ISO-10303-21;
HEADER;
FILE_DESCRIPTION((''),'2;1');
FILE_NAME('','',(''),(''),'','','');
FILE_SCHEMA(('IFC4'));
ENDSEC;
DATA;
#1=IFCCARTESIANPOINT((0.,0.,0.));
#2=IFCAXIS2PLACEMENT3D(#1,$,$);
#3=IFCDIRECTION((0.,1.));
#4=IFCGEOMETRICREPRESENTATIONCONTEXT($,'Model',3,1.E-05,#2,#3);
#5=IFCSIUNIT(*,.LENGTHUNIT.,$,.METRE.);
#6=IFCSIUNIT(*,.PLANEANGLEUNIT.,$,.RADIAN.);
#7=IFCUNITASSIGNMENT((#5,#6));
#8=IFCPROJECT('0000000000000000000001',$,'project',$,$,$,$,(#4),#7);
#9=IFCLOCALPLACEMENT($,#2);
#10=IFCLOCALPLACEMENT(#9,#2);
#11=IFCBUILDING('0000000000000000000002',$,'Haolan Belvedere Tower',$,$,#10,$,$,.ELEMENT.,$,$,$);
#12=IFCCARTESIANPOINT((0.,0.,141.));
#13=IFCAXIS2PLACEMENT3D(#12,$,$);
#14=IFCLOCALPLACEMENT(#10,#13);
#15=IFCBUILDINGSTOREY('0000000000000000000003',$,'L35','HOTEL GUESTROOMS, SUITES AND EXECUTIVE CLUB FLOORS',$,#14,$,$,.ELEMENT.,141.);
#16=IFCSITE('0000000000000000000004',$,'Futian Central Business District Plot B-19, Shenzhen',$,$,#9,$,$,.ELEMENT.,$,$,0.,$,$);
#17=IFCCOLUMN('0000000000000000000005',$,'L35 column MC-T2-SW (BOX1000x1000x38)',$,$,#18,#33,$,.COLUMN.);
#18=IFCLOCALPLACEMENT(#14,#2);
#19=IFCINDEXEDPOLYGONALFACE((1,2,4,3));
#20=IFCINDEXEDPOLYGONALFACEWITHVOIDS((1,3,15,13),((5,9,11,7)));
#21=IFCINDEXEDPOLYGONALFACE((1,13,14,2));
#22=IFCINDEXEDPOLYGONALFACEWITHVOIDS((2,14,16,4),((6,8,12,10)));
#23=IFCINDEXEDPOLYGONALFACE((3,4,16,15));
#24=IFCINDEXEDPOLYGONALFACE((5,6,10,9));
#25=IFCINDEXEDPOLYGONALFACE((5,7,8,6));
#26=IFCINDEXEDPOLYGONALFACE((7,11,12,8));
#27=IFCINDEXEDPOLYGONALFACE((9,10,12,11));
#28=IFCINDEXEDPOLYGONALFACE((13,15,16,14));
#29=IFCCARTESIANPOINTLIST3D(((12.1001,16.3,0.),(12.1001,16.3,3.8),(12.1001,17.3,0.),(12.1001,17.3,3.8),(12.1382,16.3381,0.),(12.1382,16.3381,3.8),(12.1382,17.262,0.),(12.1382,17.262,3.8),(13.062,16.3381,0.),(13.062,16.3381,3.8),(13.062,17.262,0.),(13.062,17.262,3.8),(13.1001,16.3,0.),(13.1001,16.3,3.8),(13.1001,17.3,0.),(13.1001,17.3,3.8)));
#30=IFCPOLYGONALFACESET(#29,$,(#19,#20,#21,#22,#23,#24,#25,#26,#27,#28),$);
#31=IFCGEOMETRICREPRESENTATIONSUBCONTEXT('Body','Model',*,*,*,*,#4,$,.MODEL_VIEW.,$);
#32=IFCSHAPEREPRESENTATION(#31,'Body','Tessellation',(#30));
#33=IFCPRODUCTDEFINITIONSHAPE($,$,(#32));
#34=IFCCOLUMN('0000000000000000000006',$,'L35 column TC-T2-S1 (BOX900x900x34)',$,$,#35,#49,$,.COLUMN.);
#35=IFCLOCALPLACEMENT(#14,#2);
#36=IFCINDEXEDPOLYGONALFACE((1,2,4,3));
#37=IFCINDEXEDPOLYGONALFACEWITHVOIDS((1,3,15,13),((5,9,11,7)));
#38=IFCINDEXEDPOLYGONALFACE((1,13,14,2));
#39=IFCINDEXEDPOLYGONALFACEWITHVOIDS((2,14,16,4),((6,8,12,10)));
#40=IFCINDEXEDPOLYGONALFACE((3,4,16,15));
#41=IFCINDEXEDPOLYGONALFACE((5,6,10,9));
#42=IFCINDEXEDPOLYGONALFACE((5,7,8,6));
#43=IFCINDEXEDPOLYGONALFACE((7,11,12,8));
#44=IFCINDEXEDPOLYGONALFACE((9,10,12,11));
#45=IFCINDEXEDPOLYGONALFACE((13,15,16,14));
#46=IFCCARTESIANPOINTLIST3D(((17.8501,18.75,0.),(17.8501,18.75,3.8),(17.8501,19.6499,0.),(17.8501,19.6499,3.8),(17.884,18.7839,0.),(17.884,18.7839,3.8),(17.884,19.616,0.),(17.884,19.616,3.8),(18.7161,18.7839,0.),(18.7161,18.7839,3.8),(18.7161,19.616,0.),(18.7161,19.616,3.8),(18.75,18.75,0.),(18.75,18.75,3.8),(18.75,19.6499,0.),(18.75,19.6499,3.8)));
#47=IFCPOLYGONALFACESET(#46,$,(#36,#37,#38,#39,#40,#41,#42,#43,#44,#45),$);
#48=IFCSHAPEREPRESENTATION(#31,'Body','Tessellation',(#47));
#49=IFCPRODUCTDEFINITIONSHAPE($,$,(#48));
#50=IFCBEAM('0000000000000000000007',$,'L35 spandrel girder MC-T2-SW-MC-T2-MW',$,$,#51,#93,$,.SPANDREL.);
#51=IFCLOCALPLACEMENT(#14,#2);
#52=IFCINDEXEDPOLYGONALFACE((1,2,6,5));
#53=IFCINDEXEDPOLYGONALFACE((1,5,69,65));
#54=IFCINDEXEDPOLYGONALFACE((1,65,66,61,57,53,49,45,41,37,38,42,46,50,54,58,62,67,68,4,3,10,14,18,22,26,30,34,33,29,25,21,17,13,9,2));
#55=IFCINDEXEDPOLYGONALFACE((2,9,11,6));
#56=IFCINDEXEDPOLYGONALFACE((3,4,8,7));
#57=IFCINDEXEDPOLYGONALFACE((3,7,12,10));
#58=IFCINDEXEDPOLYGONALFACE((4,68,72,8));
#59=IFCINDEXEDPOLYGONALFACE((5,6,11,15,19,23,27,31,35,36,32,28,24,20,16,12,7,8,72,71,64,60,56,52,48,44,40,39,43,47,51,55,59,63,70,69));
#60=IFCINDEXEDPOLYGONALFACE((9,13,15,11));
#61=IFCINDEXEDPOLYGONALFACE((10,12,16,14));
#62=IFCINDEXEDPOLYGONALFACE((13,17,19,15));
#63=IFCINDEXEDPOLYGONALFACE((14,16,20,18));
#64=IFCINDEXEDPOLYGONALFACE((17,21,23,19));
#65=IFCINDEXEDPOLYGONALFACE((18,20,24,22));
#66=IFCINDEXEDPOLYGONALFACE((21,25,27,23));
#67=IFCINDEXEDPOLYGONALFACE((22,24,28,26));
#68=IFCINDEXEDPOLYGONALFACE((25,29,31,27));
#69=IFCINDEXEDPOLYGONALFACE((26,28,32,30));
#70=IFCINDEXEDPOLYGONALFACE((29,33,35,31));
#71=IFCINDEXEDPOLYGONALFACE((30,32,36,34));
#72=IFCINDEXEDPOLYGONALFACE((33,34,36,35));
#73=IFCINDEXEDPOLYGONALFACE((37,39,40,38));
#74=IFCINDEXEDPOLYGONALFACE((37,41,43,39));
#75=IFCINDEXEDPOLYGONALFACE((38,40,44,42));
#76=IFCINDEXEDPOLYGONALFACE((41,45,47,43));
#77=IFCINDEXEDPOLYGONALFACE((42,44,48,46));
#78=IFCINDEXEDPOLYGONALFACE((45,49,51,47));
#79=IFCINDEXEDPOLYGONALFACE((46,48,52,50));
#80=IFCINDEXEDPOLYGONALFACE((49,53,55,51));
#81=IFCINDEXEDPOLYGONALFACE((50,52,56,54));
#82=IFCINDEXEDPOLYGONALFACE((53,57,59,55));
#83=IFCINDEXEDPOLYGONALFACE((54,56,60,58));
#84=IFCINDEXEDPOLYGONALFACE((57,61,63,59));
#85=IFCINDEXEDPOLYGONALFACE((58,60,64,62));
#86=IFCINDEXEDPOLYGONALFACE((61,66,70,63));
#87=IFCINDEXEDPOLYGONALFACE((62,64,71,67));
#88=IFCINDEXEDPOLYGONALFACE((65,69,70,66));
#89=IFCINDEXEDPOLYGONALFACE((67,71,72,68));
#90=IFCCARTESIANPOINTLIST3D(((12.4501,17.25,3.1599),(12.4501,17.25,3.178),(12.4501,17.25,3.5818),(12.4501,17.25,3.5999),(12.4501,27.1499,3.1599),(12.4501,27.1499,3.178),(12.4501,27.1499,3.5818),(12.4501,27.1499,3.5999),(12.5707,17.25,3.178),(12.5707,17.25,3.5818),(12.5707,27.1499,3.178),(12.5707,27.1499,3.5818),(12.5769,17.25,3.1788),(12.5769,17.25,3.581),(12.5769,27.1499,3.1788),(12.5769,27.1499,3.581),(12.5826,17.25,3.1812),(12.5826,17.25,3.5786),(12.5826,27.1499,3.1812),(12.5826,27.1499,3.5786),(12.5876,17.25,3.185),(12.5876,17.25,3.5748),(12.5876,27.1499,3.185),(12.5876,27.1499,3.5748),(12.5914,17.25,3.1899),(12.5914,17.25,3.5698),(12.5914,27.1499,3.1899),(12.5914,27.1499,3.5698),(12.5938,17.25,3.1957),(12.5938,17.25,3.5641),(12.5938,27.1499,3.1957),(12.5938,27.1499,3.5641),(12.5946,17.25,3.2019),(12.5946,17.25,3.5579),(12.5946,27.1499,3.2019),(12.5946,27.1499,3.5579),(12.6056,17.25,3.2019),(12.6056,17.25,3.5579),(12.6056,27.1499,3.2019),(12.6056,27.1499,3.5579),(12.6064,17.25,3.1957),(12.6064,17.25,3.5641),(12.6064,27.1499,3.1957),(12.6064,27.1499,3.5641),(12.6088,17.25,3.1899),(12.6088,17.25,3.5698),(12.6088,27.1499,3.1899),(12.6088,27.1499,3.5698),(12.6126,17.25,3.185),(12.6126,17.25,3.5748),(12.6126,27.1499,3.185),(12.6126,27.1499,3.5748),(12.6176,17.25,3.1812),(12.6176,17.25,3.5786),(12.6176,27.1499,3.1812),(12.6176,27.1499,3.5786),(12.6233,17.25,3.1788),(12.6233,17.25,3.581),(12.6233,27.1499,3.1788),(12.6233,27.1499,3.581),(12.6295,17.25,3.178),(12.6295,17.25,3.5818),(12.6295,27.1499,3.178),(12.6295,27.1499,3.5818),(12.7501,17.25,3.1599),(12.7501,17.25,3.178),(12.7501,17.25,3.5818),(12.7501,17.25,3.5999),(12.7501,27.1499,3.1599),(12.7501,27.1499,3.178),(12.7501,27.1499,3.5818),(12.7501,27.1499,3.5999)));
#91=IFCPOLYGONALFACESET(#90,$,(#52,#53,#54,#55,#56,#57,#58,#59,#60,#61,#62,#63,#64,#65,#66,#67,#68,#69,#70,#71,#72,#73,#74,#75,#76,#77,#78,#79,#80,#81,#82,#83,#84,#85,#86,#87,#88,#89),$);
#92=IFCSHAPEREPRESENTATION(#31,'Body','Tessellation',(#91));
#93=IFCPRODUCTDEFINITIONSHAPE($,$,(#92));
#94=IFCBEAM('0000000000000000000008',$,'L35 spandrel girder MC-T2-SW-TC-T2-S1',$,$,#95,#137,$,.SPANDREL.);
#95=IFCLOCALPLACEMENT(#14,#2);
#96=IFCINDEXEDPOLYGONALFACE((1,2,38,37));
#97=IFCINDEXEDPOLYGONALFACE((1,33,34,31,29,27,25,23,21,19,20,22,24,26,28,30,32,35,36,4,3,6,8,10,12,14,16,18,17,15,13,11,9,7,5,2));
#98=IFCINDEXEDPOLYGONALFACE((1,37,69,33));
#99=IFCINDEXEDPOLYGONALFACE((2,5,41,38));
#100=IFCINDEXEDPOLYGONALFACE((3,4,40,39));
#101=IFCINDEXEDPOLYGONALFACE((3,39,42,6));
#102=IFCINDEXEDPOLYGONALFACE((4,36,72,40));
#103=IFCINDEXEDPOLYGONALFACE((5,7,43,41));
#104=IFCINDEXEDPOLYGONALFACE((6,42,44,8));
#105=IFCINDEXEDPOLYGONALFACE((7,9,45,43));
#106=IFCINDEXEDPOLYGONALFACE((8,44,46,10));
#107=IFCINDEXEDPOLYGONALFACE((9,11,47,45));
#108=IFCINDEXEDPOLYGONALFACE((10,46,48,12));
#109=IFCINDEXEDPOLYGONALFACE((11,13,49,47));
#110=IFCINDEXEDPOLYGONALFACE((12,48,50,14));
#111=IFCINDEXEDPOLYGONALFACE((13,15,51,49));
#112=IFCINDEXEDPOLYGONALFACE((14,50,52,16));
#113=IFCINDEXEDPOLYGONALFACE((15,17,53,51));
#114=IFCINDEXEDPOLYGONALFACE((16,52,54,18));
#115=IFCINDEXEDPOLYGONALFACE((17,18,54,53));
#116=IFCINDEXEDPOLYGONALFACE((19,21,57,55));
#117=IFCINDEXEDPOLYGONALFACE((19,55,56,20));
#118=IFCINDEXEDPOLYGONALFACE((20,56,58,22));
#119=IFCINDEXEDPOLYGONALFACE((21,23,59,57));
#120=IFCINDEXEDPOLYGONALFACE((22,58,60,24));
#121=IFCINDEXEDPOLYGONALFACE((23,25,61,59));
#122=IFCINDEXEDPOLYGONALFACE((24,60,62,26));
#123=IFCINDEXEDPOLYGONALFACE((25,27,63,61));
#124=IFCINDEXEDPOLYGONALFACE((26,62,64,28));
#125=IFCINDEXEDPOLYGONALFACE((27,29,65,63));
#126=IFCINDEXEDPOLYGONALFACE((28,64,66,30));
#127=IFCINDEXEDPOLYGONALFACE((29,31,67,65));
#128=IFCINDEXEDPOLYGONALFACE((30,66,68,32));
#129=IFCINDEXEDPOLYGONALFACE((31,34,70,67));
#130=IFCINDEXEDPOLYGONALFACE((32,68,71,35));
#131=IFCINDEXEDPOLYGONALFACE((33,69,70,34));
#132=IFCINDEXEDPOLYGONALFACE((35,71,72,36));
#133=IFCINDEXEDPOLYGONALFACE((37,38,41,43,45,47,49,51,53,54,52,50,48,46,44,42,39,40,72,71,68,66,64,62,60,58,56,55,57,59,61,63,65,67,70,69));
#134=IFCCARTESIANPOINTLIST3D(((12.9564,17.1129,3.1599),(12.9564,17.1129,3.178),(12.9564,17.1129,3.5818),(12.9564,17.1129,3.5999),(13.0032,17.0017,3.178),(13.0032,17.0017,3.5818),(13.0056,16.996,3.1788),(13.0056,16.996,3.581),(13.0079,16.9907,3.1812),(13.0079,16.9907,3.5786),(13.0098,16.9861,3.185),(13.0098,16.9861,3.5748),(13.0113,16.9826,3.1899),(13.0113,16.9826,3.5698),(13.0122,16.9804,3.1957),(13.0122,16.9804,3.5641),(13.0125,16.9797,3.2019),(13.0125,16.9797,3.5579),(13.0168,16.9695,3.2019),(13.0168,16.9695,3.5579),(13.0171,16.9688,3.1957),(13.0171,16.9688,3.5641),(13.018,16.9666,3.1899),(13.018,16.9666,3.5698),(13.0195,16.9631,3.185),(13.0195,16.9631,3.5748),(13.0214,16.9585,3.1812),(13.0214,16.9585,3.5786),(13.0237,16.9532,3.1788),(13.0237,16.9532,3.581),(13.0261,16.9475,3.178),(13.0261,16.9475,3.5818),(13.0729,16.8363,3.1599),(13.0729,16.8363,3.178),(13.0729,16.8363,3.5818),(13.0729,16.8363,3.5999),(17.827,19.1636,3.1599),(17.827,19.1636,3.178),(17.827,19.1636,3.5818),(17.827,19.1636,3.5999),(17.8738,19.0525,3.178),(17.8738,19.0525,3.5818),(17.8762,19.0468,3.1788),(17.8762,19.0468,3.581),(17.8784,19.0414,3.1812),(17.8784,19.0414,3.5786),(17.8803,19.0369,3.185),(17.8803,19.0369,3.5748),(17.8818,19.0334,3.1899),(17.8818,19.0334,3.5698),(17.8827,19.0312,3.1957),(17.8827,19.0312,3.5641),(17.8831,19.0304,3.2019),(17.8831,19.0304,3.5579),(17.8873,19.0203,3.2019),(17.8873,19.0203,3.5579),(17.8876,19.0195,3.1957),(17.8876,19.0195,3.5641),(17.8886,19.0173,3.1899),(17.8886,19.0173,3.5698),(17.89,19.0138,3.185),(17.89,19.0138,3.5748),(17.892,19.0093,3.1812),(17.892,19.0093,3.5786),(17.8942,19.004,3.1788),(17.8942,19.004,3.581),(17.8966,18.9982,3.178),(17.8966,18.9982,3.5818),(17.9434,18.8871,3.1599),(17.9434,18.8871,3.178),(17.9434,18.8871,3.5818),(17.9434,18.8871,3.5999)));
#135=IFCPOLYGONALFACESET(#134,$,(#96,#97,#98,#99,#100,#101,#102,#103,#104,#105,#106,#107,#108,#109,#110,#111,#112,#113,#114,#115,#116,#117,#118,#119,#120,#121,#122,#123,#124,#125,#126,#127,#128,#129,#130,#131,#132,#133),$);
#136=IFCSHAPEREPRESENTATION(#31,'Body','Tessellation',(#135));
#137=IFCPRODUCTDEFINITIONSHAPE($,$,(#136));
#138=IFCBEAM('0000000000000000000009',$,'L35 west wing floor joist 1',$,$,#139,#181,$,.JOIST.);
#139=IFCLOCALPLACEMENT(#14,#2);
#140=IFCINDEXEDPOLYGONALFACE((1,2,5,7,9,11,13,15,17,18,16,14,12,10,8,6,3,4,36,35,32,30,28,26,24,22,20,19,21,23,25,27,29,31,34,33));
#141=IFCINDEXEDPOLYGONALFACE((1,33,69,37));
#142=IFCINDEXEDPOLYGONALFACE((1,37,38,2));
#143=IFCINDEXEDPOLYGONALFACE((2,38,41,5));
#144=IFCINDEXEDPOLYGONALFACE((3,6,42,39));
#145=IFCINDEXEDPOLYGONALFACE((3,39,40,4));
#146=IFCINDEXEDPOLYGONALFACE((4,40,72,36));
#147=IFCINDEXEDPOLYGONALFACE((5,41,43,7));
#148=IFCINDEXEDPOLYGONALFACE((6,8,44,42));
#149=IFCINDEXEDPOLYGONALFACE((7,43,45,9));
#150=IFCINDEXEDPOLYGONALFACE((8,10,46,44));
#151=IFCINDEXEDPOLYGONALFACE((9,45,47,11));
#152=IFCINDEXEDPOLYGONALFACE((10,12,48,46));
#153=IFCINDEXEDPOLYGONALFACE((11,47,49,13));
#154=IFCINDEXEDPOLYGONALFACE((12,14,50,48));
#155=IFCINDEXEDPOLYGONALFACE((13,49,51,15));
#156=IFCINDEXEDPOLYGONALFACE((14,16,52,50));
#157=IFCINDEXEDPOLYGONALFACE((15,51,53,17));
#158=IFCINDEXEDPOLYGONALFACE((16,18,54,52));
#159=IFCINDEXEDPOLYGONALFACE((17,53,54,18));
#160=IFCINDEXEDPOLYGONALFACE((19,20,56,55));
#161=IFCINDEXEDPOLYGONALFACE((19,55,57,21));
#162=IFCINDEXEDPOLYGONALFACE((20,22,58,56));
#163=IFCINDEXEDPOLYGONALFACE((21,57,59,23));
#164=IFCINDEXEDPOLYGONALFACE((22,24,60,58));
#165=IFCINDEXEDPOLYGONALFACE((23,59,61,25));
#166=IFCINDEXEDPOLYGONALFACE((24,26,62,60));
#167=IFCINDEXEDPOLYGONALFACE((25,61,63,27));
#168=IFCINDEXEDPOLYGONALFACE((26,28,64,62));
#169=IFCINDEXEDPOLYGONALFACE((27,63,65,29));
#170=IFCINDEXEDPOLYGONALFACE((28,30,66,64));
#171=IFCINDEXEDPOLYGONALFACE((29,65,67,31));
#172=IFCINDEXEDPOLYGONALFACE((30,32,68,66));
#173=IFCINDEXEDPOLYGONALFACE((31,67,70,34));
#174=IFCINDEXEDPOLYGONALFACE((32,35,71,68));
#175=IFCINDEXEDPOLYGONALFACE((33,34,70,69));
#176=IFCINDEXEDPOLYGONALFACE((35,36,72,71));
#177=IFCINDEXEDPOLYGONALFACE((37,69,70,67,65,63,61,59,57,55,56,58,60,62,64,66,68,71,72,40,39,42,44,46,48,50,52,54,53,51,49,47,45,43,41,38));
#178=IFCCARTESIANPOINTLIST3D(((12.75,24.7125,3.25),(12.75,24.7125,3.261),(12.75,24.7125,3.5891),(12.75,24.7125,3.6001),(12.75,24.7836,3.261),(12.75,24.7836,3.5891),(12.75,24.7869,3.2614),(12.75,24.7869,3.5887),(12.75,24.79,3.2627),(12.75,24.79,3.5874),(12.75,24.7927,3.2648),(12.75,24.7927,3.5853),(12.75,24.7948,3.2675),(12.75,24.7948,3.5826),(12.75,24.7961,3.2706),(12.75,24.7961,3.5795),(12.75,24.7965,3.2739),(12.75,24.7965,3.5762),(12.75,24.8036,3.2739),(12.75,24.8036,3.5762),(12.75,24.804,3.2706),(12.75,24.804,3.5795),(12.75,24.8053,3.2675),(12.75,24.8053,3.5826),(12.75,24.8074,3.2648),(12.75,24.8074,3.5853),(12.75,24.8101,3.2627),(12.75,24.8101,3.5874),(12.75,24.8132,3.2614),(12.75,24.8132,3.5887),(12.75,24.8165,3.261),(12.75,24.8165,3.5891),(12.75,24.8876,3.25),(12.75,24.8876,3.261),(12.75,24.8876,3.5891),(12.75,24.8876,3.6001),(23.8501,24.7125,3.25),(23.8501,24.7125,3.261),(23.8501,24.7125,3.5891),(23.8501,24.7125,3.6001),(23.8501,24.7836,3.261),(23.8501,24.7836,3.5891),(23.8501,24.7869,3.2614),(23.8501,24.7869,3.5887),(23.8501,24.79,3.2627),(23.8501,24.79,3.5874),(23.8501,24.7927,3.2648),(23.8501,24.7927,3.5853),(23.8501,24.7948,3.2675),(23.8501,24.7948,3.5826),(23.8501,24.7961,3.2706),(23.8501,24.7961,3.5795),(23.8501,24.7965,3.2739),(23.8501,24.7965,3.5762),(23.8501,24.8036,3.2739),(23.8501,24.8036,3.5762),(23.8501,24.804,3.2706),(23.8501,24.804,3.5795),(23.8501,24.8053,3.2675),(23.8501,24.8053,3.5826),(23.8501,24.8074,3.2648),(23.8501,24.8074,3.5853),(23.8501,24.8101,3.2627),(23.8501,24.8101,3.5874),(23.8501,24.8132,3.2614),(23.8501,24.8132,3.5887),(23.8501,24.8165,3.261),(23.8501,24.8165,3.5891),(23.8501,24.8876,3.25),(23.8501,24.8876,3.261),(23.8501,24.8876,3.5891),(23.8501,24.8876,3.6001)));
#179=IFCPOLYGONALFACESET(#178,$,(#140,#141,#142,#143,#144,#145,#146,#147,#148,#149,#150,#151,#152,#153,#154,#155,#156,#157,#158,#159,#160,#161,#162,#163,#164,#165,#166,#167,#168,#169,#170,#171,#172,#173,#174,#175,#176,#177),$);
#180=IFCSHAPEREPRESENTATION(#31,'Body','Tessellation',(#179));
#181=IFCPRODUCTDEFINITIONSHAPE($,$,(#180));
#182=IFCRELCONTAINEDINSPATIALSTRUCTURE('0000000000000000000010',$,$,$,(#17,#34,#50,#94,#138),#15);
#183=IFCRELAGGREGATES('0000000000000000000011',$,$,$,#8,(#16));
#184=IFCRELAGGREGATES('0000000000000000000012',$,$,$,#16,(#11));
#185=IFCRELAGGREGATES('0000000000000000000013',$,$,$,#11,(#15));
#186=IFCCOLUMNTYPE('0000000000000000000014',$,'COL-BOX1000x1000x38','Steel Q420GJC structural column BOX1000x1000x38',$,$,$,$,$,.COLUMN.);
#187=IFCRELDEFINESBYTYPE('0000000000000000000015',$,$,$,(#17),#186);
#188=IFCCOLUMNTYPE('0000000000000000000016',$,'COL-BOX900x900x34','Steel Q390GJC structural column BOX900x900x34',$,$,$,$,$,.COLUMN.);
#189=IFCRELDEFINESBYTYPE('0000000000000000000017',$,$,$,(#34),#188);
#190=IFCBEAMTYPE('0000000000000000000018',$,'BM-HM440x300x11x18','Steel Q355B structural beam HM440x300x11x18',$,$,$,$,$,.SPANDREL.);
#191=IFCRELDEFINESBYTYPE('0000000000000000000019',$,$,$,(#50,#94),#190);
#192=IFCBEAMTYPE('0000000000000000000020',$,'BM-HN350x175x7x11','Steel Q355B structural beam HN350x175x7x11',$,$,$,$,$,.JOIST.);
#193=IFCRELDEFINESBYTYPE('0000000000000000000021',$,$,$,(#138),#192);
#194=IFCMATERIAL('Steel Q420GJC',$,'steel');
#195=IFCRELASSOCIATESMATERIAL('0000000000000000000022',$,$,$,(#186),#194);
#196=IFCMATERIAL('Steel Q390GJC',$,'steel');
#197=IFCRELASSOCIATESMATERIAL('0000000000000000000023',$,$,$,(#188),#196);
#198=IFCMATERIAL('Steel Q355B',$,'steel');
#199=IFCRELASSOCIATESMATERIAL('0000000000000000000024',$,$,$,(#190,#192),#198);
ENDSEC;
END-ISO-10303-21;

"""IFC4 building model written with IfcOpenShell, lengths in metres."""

from ifc_helpers import new_model, si_unit, direction, frame, origin, origin_2d, place, context, subcontext, project, spatial, hollow_rectangle, i_section, extrude, material, material_profile, profile_set, type_object, element, save


model = new_model("IFC4")

# Units and contexts
model_context = context("Model", 3, precision=1e-05, world=origin(), true_north=direction((0.0, 1.0)))
body_context = subcontext(model_context, "Body", "Model", "MODEL_VIEW")
ifc_project = project(units=[si_unit("LENGTHUNIT", "METRE"), si_unit("PLANEANGLEUNIT", "RADIAN")], contexts=[model_context])

# Site, building, storey
site_placement = place(None, origin())
site = spatial("IfcSite", under=ifc_project, at=site_placement, Name="Futian Central Business District Plot B-19, Shenzhen", CompositionType="ELEMENT", RefElevation=0.0)
building_placement = place(site_placement, origin())
building = spatial("IfcBuilding", under=site, at=building_placement, Name="Haolan Belvedere Tower", CompositionType="ELEMENT")
storey_placement = place(building_placement, frame((0.0, 0.0, 141.0)))
storey = spatial("IfcBuildingStorey", under=building, at=storey_placement, Name="L35", Description="HOTEL GUESTROOMS, SUITES AND EXECUTIVE CLUB FLOORS", CompositionType="ELEMENT", Elevation=141.0)

# Columns
ifc_material_1 = material(Name="Steel Q420GJC", Category="steel")
ifc_material_profile_1 = material_profile(ifc_material_1, hollow_rectangle(XDim=1.0, YDim=1.0, WallThickness=0.0381, at=origin_2d()), Name="Steel Q420GJC")
ifc_profile_set_1 = profile_set([ifc_material_profile_1], Name="Steel Q420GJC")
column_type_1 = type_object("IfcColumnType", Name="COL-BOX1000x1000x38", Description="Steel Q420GJC structural column BOX1000x1000x38", PredefinedType="COLUMN", material=ifc_profile_set_1)
column_1_placement = place(storey_placement, frame((12.6001, 16.8, 0.0), z_axis=(0.0, 0.0, 1.0), x_axis=(1.0, 0.0, 0.0)))
element("IfcColumn", 1, at=column_1_placement, inside=storey, type_object=column_type_1, Name="L35 column MC-T2-SW (BOX1000x1000x38)", PredefinedType="COLUMN", context=body_context, shape_type="SweptSolid", body=[
    extrude(hollow_rectangle(XDim=1.0, YDim=1.0, WallThickness=0.0381, at=origin_2d()), origin(), (0.0, 0.0, 1.0), 3.8),
])
ifc_material_2 = material(Name="Steel Q390GJC", Category="steel")
ifc_material_profile_2 = material_profile(ifc_material_2, hollow_rectangle(XDim=0.8999, YDim=0.8999, WallThickness=0.0339, at=origin_2d()), Name="Steel Q390GJC")
ifc_profile_set_2 = profile_set([ifc_material_profile_2], Name="Steel Q390GJC")
column_type_2 = type_object("IfcColumnType", Name="COL-BOX900x900x34", Description="Steel Q390GJC structural column BOX900x900x34", PredefinedType="COLUMN", material=ifc_profile_set_2)
column_2_placement = place(storey_placement, frame((18.3, 19.2, 0.0), z_axis=(0.0, 0.0, 1.0), x_axis=(1.0, 0.0, 0.0)))
element("IfcColumn", 2, at=column_2_placement, inside=storey, type_object=column_type_2, Name="L35 column TC-T2-S1 (BOX900x900x34)", PredefinedType="COLUMN", context=body_context, shape_type="SweptSolid", body=[
    extrude(hollow_rectangle(XDim=0.8999, YDim=0.8999, WallThickness=0.0339, at=origin_2d()), origin(), (0.0, 0.0, 1.0), 3.8),
])

# Beams
ifc_material_3 = material(Name="Steel Q355B", Category="steel")
ifc_material_profile_3 = material_profile(ifc_material_3, i_section(OverallWidth=0.3, OverallDepth=0.4399, WebThickness=0.011, FlangeThickness=0.0181, FilletRadius=0.0239, at=origin_2d()), Name="Steel Q355B")
ifc_profile_set_3 = profile_set([ifc_material_profile_3], Name="Steel Q355B")
beam_type_1 = type_object("IfcBeamType", Name="BM-HM440x300x11x18", Description="Steel Q355B structural beam HM440x300x11x18", PredefinedType="SPANDREL", material=ifc_profile_set_3)
beam_1_placement = place(storey_placement, frame((12.6001, 17.25, 3.3799), z_axis=(0.0, 1.0, 0.0), x_axis=(-1.0, 0.0, 0.0)))
element("IfcBeam", 3, at=beam_1_placement, inside=storey, type_object=beam_type_1, Name="L35 spandrel girder MC-T2-SW-MC-T2-MW", PredefinedType="SPANDREL", context=body_context, shape_type="SweptSolid", body=[
    extrude(i_section(OverallWidth=0.3, OverallDepth=0.4399, WebThickness=0.011, FlangeThickness=0.0181, FilletRadius=0.0239, at=origin_2d()), origin(), (0.0, 0.0, 1.0), 9.8999),
])
beam_2_placement = place(storey_placement, frame((13.0146, 16.9746, 3.3799), z_axis=(0.921635, 0.388057, 0.0), x_axis=(-0.388057, 0.921635, 0.0)))
element("IfcBeam", 4, at=beam_2_placement, inside=storey, type_object=beam_type_1, Name="L35 spandrel girder MC-T2-SW-TC-T2-S1", PredefinedType="SPANDREL", context=body_context, shape_type="SweptSolid", body=[
    extrude(i_section(OverallWidth=0.3, OverallDepth=0.4399, WebThickness=0.011, FlangeThickness=0.0181, FilletRadius=0.0239, at=origin_2d()), origin(), (0.0, 0.0, 1.0), 5.2847),
])
ifc_material_profile_4 = material_profile(ifc_material_3, i_section(OverallWidth=0.175, OverallDepth=0.3501, WebThickness=0.0071, FlangeThickness=0.011, FilletRadius=0.0129, at=origin_2d()), Name="Steel Q355B")
ifc_profile_set_4 = profile_set([ifc_material_profile_4], Name="Steel Q355B")
beam_type_2 = type_object("IfcBeamType", Name="BM-HN350x175x7x11", Description="Steel Q355B structural beam HN350x175x7x11", PredefinedType="JOIST", material=ifc_profile_set_4)
beam_3_placement = place(storey_placement, frame((12.75, 24.8, 3.425), z_axis=(1.0, 0.0, 0.0), x_axis=(0.0, 1.0, 0.0)))
element("IfcBeam", 5, at=beam_3_placement, inside=storey, type_object=beam_type_2, Name="L35 west wing floor joist 1", PredefinedType="JOIST", context=body_context, shape_type="SweptSolid", body=[
    extrude(i_section(OverallWidth=0.175, OverallDepth=0.3501, WebThickness=0.0071, FlangeThickness=0.011, FilletRadius=0.0129, at=origin_2d()), origin(), (0.0, 0.0, 1.0), 11.1001),
])

save(model, "model.ifc")
